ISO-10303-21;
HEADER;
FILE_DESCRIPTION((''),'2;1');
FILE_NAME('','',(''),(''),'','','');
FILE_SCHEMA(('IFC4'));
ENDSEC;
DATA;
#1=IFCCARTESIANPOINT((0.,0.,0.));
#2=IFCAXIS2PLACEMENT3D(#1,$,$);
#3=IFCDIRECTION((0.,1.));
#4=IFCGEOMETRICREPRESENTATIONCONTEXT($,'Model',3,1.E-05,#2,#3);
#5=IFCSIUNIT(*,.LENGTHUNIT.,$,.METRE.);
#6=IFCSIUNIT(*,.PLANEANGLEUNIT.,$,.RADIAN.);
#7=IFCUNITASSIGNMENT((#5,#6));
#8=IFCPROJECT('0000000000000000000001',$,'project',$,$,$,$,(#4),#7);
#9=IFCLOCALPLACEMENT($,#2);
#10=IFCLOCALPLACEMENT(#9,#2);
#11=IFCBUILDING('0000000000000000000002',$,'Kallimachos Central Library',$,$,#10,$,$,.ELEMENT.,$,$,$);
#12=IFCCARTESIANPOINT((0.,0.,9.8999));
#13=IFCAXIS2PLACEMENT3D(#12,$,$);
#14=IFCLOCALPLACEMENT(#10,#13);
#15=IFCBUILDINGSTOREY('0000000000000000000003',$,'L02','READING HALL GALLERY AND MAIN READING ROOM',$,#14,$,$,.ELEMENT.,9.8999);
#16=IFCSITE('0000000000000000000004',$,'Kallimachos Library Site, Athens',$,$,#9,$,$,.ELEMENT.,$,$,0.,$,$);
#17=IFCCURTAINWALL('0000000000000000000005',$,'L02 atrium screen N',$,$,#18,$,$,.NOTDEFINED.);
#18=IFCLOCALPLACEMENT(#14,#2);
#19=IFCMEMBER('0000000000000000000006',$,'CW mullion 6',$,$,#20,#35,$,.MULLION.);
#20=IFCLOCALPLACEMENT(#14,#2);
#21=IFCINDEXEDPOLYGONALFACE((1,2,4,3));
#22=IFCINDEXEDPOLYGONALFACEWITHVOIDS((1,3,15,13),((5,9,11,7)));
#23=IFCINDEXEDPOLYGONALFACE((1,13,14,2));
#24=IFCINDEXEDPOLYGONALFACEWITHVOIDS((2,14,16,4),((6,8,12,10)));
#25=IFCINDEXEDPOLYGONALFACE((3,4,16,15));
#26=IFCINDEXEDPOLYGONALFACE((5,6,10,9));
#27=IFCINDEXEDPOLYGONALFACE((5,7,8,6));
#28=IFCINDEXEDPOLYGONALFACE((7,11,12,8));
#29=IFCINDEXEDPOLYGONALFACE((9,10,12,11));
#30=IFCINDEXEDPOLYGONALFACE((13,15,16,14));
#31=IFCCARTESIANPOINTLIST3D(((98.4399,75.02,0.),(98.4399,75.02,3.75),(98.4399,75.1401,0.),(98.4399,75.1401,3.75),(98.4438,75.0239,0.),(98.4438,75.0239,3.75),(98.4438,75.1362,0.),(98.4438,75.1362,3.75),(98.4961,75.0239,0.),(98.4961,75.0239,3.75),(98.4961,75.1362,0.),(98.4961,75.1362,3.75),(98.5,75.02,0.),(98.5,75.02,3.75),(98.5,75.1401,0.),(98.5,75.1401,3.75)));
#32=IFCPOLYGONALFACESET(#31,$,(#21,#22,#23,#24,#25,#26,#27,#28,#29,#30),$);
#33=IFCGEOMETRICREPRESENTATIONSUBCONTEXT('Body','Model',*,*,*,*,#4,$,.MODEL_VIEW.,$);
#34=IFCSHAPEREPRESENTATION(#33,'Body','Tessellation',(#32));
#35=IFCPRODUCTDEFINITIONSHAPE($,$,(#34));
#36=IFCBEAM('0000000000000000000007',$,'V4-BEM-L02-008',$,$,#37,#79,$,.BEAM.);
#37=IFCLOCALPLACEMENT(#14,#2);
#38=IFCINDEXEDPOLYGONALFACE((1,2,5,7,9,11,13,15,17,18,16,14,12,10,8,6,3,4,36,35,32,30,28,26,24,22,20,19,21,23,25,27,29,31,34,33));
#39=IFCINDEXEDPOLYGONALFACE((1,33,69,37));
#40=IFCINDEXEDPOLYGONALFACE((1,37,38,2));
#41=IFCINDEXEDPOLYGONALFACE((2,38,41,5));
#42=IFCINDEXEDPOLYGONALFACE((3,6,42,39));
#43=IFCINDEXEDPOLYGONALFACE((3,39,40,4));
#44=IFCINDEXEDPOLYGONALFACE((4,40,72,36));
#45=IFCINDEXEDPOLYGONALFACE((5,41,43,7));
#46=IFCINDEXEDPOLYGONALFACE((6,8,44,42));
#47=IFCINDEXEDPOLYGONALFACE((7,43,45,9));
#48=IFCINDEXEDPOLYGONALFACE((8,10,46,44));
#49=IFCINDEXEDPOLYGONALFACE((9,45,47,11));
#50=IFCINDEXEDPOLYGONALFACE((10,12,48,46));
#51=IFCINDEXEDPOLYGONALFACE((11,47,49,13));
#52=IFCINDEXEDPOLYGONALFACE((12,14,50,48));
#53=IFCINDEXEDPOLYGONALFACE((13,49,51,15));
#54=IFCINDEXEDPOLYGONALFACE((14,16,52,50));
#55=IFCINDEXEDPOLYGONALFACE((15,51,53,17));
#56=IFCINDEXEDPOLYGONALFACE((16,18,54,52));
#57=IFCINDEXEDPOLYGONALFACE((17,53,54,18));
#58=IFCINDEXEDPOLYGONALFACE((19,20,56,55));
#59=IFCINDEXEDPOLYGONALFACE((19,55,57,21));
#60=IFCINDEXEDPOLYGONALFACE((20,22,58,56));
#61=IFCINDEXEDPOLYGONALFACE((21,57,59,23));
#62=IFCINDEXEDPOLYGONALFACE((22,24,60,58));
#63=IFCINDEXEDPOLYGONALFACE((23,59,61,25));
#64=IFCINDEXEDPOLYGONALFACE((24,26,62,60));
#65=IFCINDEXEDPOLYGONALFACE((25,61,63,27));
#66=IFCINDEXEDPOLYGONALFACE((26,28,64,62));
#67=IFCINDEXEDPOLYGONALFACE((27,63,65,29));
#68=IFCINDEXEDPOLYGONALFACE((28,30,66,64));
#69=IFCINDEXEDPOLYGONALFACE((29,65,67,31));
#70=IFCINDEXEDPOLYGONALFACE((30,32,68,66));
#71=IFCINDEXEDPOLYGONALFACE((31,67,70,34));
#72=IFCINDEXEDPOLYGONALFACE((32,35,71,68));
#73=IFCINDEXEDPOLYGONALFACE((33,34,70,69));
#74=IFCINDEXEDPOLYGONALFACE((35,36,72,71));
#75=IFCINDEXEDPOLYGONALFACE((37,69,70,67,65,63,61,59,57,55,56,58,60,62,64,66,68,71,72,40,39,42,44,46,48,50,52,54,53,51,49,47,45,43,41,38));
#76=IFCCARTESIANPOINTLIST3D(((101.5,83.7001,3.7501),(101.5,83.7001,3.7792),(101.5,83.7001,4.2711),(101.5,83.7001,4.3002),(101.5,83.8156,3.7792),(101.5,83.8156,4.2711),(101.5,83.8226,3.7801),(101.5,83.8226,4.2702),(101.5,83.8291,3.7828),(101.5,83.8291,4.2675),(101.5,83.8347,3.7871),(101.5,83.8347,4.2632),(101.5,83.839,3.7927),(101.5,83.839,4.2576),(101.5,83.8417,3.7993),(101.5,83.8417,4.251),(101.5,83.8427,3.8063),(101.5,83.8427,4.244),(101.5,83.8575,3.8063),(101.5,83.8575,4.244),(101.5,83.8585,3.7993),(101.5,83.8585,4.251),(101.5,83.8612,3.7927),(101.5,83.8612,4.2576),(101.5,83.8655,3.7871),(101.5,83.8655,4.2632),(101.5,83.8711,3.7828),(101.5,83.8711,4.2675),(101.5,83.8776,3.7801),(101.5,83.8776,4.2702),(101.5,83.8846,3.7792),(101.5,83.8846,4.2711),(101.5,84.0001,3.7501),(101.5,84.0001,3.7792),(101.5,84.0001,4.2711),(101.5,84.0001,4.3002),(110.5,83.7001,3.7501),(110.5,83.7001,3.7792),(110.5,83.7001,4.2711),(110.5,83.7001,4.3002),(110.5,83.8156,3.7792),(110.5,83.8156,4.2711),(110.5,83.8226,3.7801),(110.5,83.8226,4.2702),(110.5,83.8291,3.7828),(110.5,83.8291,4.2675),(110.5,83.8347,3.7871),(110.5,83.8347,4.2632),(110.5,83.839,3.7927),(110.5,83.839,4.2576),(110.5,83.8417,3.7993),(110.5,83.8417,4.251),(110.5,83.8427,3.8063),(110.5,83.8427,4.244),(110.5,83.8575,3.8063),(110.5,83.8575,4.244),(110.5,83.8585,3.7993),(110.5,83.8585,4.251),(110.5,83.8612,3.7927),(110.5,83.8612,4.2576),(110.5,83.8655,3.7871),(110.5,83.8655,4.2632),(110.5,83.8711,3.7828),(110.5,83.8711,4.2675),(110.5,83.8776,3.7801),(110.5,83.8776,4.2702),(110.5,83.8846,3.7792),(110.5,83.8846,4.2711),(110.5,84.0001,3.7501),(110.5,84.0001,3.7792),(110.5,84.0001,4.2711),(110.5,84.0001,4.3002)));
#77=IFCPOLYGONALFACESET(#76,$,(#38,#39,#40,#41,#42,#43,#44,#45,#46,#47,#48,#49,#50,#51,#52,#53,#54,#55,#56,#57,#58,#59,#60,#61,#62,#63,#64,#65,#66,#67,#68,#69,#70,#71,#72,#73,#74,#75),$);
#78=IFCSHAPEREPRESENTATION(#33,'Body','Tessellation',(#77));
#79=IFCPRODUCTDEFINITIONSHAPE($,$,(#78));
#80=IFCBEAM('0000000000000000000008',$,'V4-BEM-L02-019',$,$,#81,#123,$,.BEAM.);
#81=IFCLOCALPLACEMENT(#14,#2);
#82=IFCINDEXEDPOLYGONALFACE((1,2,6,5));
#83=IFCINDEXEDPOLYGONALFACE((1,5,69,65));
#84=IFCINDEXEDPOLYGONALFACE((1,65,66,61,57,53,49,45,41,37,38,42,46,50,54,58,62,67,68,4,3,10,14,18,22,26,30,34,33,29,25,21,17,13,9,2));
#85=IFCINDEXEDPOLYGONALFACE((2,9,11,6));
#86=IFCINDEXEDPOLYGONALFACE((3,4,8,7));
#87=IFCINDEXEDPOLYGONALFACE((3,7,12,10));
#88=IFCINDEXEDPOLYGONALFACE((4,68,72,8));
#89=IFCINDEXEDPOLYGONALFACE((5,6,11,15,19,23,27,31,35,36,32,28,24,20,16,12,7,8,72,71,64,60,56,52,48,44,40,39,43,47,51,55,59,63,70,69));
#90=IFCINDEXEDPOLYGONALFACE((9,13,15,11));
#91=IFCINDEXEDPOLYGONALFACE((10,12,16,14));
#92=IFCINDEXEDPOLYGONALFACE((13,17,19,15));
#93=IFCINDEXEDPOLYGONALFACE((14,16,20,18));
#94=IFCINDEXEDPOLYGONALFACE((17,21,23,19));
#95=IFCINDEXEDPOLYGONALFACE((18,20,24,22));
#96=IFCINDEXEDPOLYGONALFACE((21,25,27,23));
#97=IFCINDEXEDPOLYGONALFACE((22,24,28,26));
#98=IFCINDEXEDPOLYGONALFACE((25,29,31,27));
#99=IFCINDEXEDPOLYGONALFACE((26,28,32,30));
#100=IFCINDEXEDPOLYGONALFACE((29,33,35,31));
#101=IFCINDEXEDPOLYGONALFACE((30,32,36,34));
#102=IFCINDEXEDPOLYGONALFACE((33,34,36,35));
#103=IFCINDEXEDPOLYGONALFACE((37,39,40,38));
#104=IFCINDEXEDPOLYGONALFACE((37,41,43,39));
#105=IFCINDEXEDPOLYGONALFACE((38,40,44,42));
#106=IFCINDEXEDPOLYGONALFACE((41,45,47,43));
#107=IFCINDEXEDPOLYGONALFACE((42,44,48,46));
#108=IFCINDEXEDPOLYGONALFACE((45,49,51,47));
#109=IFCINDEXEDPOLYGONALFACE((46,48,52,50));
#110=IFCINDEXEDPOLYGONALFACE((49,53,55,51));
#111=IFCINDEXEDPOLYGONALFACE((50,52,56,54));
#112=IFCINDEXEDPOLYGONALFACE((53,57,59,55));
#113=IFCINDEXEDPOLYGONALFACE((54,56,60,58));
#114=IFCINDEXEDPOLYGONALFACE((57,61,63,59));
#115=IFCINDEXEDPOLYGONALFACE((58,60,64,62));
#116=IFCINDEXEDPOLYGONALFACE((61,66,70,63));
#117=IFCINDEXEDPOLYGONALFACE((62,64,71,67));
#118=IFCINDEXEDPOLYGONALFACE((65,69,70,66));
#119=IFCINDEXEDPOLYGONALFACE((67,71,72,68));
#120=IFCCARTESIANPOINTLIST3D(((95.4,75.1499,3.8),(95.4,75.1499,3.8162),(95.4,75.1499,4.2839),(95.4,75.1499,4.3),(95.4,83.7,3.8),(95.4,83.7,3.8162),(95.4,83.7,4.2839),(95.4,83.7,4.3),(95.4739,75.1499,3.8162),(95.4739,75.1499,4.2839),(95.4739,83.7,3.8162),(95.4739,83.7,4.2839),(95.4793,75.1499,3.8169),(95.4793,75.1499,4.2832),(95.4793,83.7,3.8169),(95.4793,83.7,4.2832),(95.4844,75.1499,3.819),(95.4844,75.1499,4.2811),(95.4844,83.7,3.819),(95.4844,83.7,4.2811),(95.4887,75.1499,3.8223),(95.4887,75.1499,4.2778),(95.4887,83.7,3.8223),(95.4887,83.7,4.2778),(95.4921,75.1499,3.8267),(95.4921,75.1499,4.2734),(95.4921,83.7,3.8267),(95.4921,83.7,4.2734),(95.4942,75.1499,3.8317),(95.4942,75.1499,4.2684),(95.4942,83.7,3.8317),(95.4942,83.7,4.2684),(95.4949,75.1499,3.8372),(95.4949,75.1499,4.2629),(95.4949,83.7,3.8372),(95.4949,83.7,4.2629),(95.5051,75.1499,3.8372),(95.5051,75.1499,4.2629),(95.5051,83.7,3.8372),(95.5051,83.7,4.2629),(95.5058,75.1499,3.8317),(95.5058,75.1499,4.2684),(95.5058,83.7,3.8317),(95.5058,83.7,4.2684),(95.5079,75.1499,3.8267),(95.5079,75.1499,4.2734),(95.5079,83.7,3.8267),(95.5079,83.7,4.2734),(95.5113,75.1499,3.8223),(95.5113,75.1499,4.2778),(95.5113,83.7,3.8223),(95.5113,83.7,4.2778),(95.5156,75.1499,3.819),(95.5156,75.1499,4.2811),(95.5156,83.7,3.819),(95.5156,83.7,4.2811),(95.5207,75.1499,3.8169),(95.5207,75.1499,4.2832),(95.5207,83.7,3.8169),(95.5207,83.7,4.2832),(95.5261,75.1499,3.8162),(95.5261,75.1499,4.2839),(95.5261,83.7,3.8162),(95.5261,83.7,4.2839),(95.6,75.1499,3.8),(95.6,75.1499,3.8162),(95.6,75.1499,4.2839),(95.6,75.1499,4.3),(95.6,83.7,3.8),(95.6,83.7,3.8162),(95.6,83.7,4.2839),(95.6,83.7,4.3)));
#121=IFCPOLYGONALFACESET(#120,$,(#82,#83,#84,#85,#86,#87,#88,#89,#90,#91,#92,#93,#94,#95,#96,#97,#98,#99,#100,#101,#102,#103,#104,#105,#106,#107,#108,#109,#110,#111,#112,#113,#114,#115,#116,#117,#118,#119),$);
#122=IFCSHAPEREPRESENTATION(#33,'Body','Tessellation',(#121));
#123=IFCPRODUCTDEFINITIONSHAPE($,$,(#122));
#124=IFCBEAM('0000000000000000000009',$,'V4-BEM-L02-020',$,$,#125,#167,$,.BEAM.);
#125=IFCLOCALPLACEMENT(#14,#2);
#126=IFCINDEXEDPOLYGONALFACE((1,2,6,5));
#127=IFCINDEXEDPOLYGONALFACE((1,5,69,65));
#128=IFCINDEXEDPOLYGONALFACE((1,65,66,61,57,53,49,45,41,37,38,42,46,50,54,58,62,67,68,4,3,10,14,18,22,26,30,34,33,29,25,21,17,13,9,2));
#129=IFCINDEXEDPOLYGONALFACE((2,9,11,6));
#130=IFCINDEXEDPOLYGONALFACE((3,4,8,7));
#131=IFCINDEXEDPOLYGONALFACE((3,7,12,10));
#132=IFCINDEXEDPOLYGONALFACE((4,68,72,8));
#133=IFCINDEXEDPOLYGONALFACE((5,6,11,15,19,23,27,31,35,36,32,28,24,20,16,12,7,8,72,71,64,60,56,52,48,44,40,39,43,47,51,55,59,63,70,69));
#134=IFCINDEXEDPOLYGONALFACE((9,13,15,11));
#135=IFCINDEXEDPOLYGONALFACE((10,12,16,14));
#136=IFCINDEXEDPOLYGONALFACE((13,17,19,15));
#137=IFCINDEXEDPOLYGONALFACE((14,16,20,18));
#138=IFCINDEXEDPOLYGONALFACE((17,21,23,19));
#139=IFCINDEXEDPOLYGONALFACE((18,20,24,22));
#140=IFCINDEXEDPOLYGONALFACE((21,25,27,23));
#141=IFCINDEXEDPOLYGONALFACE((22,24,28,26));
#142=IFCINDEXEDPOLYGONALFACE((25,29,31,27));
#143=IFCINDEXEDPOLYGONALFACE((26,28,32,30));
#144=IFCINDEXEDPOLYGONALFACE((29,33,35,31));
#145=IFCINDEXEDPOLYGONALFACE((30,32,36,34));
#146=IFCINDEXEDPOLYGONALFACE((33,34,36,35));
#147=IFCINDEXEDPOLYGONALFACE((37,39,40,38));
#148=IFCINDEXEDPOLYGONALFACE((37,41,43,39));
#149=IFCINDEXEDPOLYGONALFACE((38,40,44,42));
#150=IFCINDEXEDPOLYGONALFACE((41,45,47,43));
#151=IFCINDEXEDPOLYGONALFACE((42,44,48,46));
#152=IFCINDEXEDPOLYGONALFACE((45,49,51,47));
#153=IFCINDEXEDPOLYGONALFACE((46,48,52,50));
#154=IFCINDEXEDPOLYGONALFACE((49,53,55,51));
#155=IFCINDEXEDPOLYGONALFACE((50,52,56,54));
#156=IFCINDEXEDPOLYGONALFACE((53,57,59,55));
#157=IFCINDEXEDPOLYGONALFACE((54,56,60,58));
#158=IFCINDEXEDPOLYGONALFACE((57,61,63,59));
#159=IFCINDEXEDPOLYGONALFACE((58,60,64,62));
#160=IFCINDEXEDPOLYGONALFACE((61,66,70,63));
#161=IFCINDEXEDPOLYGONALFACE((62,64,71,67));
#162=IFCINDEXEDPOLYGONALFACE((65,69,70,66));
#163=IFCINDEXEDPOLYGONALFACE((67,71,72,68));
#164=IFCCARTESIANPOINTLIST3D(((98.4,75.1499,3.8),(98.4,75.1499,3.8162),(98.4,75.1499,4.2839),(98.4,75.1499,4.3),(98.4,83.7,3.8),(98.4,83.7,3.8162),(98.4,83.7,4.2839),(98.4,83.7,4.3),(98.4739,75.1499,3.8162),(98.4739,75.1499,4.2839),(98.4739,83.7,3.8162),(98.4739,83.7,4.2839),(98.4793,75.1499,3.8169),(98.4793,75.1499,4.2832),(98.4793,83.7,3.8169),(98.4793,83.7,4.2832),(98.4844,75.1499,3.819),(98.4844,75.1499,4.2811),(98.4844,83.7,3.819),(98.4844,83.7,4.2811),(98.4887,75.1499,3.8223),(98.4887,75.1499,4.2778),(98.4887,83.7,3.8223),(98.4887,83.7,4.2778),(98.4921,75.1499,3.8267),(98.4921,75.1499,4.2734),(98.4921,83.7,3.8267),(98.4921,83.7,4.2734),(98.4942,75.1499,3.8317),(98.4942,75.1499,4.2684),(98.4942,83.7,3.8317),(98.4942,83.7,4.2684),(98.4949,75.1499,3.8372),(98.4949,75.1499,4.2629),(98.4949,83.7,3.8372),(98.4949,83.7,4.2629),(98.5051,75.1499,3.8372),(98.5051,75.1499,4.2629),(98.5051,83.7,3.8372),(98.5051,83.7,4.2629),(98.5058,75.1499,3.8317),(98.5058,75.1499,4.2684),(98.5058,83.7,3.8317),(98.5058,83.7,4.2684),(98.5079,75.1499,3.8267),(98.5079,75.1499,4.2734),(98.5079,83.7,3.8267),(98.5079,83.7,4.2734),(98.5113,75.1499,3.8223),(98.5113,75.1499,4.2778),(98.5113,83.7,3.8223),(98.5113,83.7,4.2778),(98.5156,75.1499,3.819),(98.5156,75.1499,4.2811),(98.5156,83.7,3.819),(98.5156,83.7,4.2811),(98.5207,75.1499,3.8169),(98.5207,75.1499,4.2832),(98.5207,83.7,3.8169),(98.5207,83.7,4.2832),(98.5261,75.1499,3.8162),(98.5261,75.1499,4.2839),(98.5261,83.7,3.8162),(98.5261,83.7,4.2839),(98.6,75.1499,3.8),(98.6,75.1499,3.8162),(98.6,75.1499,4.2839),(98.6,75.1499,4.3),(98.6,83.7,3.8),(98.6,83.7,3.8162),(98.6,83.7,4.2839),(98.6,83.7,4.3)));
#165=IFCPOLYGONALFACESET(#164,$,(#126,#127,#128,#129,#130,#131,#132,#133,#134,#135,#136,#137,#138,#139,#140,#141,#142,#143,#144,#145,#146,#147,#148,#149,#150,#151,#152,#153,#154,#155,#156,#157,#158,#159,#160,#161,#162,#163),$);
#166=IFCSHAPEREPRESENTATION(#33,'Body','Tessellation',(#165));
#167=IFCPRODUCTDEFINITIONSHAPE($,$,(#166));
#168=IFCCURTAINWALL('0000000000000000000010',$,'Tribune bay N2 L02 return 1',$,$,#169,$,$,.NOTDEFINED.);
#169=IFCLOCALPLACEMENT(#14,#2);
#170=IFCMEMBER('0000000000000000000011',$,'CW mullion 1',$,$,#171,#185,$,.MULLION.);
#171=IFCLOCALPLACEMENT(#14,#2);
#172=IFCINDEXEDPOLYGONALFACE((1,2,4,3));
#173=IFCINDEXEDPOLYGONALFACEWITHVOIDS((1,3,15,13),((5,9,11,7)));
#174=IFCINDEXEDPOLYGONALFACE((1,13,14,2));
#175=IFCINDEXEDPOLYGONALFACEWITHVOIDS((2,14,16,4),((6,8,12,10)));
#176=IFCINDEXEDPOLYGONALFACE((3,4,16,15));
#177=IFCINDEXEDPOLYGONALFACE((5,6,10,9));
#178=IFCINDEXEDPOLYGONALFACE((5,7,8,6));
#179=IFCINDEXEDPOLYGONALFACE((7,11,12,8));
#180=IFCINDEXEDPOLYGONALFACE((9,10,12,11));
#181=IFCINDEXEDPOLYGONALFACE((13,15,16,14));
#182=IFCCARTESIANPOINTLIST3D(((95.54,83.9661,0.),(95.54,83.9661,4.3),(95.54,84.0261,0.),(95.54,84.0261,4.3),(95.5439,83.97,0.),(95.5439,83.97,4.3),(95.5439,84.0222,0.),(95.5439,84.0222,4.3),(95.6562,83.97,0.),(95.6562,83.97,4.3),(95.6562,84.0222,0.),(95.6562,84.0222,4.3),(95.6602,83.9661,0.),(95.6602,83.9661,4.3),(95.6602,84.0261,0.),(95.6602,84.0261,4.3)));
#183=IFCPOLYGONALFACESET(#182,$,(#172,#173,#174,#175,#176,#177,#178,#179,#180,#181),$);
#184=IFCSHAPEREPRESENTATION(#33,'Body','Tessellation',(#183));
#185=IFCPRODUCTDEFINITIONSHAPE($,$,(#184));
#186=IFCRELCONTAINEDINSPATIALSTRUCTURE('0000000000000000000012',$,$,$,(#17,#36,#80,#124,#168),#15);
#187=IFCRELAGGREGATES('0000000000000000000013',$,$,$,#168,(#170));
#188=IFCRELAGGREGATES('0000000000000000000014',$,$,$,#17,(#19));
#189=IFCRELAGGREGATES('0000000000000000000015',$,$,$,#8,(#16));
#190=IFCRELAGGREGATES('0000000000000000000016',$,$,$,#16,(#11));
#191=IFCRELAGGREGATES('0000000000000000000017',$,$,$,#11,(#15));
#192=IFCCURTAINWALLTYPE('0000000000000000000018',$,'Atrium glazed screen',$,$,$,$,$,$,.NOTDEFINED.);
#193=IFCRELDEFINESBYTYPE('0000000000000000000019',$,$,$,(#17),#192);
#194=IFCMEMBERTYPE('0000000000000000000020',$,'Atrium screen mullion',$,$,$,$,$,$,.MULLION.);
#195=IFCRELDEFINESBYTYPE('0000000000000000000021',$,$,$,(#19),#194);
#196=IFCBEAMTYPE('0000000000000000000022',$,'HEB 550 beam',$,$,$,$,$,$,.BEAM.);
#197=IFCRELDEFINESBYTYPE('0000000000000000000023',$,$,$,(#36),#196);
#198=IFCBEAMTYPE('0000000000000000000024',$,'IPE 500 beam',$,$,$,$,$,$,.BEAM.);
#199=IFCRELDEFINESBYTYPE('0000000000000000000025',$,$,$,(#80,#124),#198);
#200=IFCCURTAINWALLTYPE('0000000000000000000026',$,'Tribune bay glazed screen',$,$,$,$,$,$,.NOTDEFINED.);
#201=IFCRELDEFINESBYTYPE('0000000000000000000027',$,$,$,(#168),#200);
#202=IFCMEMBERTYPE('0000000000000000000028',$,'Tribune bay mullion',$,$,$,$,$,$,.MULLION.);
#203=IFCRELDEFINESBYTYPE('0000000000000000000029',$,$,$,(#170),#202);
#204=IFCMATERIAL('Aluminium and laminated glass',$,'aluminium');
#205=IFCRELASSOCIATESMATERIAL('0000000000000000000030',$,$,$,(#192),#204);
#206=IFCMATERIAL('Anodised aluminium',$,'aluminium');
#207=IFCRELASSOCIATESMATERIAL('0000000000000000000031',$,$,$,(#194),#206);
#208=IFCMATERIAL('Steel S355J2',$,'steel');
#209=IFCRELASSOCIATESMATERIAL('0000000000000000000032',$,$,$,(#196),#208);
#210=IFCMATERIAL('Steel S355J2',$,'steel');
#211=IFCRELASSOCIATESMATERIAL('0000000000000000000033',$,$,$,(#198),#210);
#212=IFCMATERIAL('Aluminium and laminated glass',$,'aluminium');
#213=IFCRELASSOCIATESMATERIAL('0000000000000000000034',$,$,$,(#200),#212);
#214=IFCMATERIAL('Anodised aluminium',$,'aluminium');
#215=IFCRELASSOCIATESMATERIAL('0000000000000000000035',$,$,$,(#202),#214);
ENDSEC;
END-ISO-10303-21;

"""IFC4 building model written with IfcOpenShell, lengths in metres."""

from ifc_helpers import new_model, si_unit, direction, frame, origin, origin_2d, place, context, subcontext, project, spatial, hollow_rectangle, i_section, extrude, material, material_profile, profile_set, type_object, element, aggregate, save


model = new_model("IFC4")

# Units and contexts
model_context = context("Model", 3, precision=1e-05, world=origin(), true_north=direction((0.0, 1.0)))
body_context = subcontext(model_context, "Body", "Model", "MODEL_VIEW")
ifc_project = project(units=[si_unit("LENGTHUNIT", "METRE"), si_unit("PLANEANGLEUNIT", "RADIAN")], contexts=[model_context])

# Site, building, storey
site_placement = place(None, origin())
site = spatial("IfcSite", under=ifc_project, at=site_placement, Name="Kallimachos Library Site, Athens", CompositionType="ELEMENT", RefElevation=0.0)
building_placement = place(site_placement, origin())
building = spatial("IfcBuilding", under=site, at=building_placement, Name="Kallimachos Central Library", CompositionType="ELEMENT")
storey_placement = place(building_placement, frame((0.0, 0.0, 9.8999)))
storey = spatial("IfcBuildingStorey", under=building, at=storey_placement, Name="L02", Description="READING HALL GALLERY AND MAIN READING ROOM", CompositionType="ELEMENT", Elevation=9.8999)

# Curtain wall, member
ifc_material_1 = material(Name="Aluminium and laminated glass", Category="aluminium")
curtain_wall_type_1 = type_object("IfcCurtainWallType", Name="Atrium glazed screen", PredefinedType="NOTDEFINED", material=ifc_material_1)
curtain_wall_1_placement = place(storey_placement, origin())
curtain_wall_1 = element("IfcCurtainWall", 1, at=curtain_wall_1_placement, inside=storey, type_object=curtain_wall_type_1, Name="L02 atrium screen N", PredefinedType="NOTDEFINED")
ifc_material_2 = material(Name="Anodised aluminium", Category="aluminium")
ifc_material_profile_1 = material_profile(ifc_material_2, hollow_rectangle(XDim=0.0601, YDim=0.1201, WallThickness=0.0039, at=origin_2d()), Name="ALU MULLION 60x120")
ifc_profile_set_1 = profile_set([ifc_material_profile_1], Name="Anodised aluminium")
member_type_1 = type_object("IfcMemberType", Name="Atrium screen mullion", PredefinedType="MULLION", material=ifc_profile_set_1)
member_1_placement = place(storey_placement, frame((98.47, 75.0801, 0.0), z_axis=(0.0, 0.0, 1.0), x_axis=(1.0, 0.0, 0.0)))
member_1 = element("IfcMember", 2, at=member_1_placement, type_object=member_type_1, Name="CW mullion 6", PredefinedType="MULLION", context=body_context, shape_type="SweptSolid", body=[
    extrude(hollow_rectangle(XDim=0.0601, YDim=0.1201, WallThickness=0.0039, at=origin_2d()), origin(), (0.0, 0.0, 1.0), 3.75),
])

# Beams
ifc_material_3 = material(Name="Steel S355J2", Category="steel")
ifc_material_profile_2 = material_profile(ifc_material_3, i_section(OverallWidth=0.3, OverallDepth=0.55, WebThickness=0.0149, FlangeThickness=0.0291, FilletRadius=0.0271, at=origin_2d()), Name="HEB 550")
ifc_profile_set_2 = profile_set([ifc_material_profile_2], Name="Steel S355J2")
beam_type_1 = type_object("IfcBeamType", Name="HEB 550 beam", PredefinedType="BEAM", material=ifc_profile_set_2)
beam_placement = place(storey_placement, frame((101.5, 83.8501, 4.0251), z_axis=(1.0, 0.0, 0.0), x_axis=(0.0, 1.0, 0.0)))
element("IfcBeam", 3, at=beam_placement, inside=storey, type_object=beam_type_1, Name="V4-BEM-L02-008", PredefinedType="BEAM", context=body_context, shape_type="SweptSolid", body=[
    extrude(i_section(OverallWidth=0.3, OverallDepth=0.55, WebThickness=0.0149, FlangeThickness=0.0291, FilletRadius=0.0271, at=origin_2d()), origin(), (0.0, 0.0, 1.0), 9.0),
])
ifc_material_4 = material(Name="Steel S355J2", Category="steel")
ifc_material_profile_3 = material_profile(ifc_material_4, i_section(OverallWidth=0.2, OverallDepth=0.5, WebThickness=0.0103, FlangeThickness=0.0161, FilletRadius=0.021, at=origin_2d()), Name="IPE 500")
ifc_profile_set_3 = profile_set([ifc_material_profile_3], Name="Steel S355J2")
beam_type_2 = type_object("IfcBeamType", Name="IPE 500 beam", PredefinedType="BEAM", material=ifc_profile_set_3)
for number, where, z_axis, x_axis, name in (
    (4, (95.5, 75.1499, 4.05), (0.0, 1.0, 0.0), (-1.0, 0.0, 0.0), "V4-BEM-L02-019"),
    (5, (98.5, 75.1499, 4.05), (0.0, 1.0, 0.0), (-1.0, 0.0, 0.0), "V4-BEM-L02-020"),
):
    element("IfcBeam", number, at=place(storey_placement, frame(where, z_axis=z_axis, x_axis=x_axis)), inside=storey, type_object=beam_type_2, Name=name, PredefinedType="BEAM", context=body_context, shape_type="SweptSolid", body=[
        extrude(i_section(OverallWidth=0.2, OverallDepth=0.5, WebThickness=0.0103, FlangeThickness=0.0161, FilletRadius=0.021, at=origin_2d()), origin(), (0.0, 0.0, 1.0), 8.55),
    ])

# Curtain wall, member
ifc_material_5 = material(Name="Aluminium and laminated glass", Category="aluminium")
curtain_wall_type_2 = type_object("IfcCurtainWallType", Name="Tribune bay glazed screen", PredefinedType="NOTDEFINED", material=ifc_material_5)
curtain_wall_2_placement = place(storey_placement, origin())
curtain_wall_2 = element("IfcCurtainWall", 6, at=curtain_wall_2_placement, inside=storey, type_object=curtain_wall_type_2, Name="Tribune bay N2 L02 return 1", PredefinedType="NOTDEFINED")
ifc_material_6 = material(Name="Anodised aluminium", Category="aluminium")
ifc_material_profile_4 = material_profile(ifc_material_6, hollow_rectangle(XDim=0.0601, YDim=0.1201, WallThickness=0.0039, at=origin_2d()), Name="ALU MULLION 60x120")
ifc_profile_set_4 = profile_set([ifc_material_profile_4], Name="Anodised aluminium")
member_type_2 = type_object("IfcMemberType", Name="Tribune bay mullion", PredefinedType="MULLION", material=ifc_profile_set_4)
member_2_placement = place(storey_placement, frame((95.6001, 83.9961, 0.0), z_axis=(0.0, 0.0, 1.0), x_axis=(0.0, 1.0, 0.0)))
member_2 = element("IfcMember", 7, at=member_2_placement, type_object=member_type_2, Name="CW mullion 1", PredefinedType="MULLION", context=body_context, shape_type="SweptSolid", body=[
    extrude(hollow_rectangle(XDim=0.0601, YDim=0.1201, WallThickness=0.0039, at=origin_2d()), origin(), (0.0, 0.0, 1.0), 4.3),
])

aggregate(curtain_wall_2, [member_2])

aggregate(curtain_wall_1, [member_1])

save(model, "model.ifc")
